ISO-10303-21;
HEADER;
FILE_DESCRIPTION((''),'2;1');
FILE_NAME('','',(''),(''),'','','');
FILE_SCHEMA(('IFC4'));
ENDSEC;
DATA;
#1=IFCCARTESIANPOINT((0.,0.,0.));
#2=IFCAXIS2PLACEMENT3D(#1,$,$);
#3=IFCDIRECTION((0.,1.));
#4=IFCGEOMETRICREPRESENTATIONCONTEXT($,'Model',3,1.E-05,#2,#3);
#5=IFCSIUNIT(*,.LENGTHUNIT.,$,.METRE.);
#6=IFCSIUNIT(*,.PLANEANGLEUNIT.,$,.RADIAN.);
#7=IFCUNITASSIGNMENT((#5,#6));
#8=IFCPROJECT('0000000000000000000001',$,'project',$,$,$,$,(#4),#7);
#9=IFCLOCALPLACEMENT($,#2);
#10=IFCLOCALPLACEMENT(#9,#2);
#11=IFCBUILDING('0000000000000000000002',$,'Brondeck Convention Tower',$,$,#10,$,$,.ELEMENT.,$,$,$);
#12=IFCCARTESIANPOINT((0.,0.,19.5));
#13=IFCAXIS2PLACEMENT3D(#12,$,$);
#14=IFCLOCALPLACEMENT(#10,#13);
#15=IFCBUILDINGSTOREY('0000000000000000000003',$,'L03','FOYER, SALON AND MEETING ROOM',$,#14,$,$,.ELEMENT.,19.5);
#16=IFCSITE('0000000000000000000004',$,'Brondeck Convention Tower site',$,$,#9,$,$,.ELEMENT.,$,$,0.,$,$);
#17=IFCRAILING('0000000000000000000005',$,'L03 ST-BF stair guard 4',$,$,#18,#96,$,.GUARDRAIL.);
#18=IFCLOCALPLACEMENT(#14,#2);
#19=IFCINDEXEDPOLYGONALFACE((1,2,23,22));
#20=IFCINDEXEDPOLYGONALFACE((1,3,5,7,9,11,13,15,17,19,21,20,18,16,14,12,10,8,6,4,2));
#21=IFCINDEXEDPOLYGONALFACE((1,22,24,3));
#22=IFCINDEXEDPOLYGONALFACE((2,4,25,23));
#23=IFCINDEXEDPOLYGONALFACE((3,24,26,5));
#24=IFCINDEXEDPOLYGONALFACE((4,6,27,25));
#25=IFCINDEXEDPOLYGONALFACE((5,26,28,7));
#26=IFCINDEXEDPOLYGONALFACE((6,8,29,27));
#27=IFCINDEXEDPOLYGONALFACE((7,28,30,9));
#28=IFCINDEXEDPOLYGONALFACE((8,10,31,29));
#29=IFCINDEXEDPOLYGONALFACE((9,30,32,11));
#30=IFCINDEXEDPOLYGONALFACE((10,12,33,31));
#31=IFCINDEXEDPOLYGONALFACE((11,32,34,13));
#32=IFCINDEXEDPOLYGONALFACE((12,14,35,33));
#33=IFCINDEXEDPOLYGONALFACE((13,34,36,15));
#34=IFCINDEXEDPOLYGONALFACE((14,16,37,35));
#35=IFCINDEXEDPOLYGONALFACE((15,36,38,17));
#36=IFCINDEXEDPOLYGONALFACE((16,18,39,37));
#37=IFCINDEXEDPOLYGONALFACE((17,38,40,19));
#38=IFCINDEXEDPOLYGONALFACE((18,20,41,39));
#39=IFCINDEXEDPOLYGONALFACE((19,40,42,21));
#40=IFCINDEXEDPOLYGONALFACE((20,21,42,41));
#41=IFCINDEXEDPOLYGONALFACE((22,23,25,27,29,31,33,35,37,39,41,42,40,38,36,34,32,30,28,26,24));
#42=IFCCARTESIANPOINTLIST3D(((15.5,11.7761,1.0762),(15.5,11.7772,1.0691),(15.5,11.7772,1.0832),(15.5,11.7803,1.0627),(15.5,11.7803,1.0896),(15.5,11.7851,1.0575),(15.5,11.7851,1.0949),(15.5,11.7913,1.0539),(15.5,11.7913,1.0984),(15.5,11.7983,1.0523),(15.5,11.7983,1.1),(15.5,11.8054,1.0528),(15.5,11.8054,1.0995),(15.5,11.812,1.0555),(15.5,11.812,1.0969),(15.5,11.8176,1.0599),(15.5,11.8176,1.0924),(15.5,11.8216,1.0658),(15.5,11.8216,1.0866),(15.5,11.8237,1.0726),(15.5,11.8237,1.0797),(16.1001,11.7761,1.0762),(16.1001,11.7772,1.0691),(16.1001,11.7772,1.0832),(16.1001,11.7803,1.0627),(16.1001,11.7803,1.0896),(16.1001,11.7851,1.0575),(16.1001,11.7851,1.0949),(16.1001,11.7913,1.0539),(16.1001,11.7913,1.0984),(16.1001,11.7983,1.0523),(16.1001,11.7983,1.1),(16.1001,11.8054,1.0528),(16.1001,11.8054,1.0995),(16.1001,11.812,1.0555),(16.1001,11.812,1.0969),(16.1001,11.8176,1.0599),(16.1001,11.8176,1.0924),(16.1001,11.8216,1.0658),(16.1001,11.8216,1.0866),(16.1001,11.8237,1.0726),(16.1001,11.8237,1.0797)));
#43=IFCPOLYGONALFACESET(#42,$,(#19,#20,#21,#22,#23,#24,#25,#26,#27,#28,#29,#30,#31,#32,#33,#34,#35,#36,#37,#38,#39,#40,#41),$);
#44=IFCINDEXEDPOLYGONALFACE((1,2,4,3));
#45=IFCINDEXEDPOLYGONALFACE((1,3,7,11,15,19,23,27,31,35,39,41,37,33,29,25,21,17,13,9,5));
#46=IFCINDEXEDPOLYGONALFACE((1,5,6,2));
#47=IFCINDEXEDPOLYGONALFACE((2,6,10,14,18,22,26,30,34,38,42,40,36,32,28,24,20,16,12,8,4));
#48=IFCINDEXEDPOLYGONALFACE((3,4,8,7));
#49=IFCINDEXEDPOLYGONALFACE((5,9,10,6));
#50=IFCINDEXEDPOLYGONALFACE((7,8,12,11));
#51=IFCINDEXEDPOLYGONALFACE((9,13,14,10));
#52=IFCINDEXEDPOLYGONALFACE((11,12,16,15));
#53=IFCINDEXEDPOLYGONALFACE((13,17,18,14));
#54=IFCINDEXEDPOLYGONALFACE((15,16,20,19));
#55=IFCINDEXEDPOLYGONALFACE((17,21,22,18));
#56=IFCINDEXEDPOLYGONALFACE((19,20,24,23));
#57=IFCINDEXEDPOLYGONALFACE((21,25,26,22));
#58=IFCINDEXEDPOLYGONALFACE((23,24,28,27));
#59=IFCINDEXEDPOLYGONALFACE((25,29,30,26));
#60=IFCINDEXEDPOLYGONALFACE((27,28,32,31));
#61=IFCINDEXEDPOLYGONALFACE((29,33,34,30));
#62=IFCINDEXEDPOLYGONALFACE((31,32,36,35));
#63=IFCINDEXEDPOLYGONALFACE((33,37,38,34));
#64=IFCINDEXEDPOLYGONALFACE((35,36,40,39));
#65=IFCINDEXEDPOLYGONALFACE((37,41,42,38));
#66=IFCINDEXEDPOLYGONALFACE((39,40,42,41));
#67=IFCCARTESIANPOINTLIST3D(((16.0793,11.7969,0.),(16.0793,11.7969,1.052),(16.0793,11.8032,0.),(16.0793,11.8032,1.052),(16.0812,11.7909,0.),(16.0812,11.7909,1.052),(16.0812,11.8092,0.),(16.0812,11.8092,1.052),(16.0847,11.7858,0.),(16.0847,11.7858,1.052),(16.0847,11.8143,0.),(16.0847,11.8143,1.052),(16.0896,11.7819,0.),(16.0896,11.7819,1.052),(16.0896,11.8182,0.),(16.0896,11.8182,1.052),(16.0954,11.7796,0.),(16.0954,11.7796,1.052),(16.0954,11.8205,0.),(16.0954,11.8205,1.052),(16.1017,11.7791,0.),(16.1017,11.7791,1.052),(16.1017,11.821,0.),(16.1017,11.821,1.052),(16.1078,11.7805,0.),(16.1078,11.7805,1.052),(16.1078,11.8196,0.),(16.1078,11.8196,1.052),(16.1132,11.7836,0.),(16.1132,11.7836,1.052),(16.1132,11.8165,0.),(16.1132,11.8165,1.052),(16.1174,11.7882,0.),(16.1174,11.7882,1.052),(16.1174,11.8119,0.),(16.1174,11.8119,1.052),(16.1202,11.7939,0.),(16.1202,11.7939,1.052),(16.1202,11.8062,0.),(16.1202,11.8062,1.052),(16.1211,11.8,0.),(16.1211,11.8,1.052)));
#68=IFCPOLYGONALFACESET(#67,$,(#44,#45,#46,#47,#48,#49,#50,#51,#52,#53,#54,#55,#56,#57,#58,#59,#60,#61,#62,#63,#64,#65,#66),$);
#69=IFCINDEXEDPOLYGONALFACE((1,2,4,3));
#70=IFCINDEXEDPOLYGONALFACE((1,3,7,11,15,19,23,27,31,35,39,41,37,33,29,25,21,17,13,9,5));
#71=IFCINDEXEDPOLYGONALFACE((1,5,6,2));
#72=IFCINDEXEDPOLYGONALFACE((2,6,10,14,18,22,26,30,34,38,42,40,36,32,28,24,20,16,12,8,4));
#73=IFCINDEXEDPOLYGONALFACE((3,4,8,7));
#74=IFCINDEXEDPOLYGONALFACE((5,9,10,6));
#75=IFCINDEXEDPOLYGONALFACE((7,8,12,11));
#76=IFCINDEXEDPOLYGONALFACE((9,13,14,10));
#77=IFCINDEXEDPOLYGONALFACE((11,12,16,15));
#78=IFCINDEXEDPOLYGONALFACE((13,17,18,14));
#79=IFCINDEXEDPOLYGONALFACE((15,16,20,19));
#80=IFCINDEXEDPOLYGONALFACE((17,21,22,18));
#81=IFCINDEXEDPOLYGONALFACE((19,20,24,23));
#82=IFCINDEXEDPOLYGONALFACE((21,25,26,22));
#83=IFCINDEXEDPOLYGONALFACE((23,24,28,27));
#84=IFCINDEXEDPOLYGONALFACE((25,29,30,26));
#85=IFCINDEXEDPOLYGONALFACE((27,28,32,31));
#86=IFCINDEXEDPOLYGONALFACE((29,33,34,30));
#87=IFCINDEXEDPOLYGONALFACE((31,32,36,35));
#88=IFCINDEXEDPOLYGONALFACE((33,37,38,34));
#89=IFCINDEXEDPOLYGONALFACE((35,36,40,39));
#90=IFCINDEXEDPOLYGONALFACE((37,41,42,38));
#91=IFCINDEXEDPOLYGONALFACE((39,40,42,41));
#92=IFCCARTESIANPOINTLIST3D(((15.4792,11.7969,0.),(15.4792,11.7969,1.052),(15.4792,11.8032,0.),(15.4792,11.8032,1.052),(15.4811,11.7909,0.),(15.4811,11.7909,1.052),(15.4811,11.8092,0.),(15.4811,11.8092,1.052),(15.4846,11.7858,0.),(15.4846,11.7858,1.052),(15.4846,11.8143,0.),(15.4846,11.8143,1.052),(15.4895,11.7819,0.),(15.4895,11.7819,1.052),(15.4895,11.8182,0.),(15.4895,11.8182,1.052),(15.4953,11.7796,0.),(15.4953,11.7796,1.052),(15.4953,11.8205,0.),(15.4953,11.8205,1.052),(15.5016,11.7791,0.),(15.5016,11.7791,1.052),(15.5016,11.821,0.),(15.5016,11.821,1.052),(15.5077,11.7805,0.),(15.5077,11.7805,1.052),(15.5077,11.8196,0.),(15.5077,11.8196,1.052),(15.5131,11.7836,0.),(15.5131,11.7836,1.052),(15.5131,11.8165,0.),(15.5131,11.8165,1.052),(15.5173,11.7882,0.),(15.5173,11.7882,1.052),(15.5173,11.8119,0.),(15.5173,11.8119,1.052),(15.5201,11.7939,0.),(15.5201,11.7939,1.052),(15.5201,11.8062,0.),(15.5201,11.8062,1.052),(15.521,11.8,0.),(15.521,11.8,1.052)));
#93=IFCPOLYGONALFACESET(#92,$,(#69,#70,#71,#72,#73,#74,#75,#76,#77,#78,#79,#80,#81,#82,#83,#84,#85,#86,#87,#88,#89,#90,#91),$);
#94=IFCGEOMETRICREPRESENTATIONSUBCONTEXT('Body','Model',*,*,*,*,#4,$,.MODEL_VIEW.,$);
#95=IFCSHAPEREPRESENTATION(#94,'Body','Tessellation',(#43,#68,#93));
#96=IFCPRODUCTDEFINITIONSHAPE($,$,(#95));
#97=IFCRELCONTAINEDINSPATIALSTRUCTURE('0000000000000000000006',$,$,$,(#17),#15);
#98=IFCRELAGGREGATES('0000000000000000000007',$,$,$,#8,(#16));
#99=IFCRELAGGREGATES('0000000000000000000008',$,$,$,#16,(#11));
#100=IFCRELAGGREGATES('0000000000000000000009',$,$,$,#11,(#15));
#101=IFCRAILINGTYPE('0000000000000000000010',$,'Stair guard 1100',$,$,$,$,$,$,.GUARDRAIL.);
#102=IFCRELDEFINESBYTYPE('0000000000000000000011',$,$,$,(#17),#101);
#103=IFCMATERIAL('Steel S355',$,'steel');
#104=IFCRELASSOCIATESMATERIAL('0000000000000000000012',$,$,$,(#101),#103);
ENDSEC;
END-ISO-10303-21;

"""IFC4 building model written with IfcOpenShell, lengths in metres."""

from ifc_helpers import new_model, si_unit, direction, frame, origin, origin_2d, place, context, subcontext, project, spatial, circle, extrude, material, type_object, element, save


model = new_model("IFC4")

# Units and contexts
model_context = context("Model", 3, precision=1e-05, world=origin(), true_north=direction((0.0, 1.0)))
body_context = subcontext(model_context, "Body", "Model", "MODEL_VIEW")
ifc_project = project(units=[si_unit("LENGTHUNIT", "METRE"), si_unit("PLANEANGLEUNIT", "RADIAN")], contexts=[model_context])

# Site, building, storey
site_placement = place(None, origin())
site = spatial("IfcSite", under=ifc_project, at=site_placement, Name="Brondeck Convention Tower site", CompositionType="ELEMENT", RefElevation=0.0)
building_placement = place(site_placement, origin())
building = spatial("IfcBuilding", under=site, at=building_placement, Name="Brondeck Convention Tower", CompositionType="ELEMENT")
storey_placement = place(building_placement, frame((0.0, 0.0, 19.5)))
storey = spatial("IfcBuildingStorey", under=building, at=storey_placement, Name="L03", Description="FOYER, SALON AND MEETING ROOM", CompositionType="ELEMENT", Elevation=19.5)

# Shared definitions
ifc_material_1 = material(Name="Steel S355", Category="steel")

# Railing
railing_type_1 = type_object("IfcRailingType", Name="Stair guard 1100", PredefinedType="GUARDRAIL", material=ifc_material_1)
railing_1_placement = place(storey_placement, frame((16.1001, 11.8, 0.0)))
element("IfcRailing", 1, at=railing_1_placement, inside=storey, type_object=railing_type_1, Name="L03 ST-BF stair guard 4", PredefinedType="GUARDRAIL", context=body_context, shape_type="SweptSolid", body=[
    extrude(circle(Radius=0.0239, at=origin_2d()), frame((0.0, 0.0, 1.0762), z_axis=(-1.0, 0.0, 0.0), x_axis=(0.0, -1.0, 0.0)), (0.0, 0.0, 1.0), 0.6001),
    extrude(circle(Radius=0.021, at=origin_2d()), origin(), (0.0, 0.0, 1.0), 1.052),
    extrude(circle(Radius=0.021, at=origin_2d()), frame((-0.6001, 0.0, 0.0)), (0.0, 0.0, 1.0), 1.052),
])

save(model, "model.ifc")
